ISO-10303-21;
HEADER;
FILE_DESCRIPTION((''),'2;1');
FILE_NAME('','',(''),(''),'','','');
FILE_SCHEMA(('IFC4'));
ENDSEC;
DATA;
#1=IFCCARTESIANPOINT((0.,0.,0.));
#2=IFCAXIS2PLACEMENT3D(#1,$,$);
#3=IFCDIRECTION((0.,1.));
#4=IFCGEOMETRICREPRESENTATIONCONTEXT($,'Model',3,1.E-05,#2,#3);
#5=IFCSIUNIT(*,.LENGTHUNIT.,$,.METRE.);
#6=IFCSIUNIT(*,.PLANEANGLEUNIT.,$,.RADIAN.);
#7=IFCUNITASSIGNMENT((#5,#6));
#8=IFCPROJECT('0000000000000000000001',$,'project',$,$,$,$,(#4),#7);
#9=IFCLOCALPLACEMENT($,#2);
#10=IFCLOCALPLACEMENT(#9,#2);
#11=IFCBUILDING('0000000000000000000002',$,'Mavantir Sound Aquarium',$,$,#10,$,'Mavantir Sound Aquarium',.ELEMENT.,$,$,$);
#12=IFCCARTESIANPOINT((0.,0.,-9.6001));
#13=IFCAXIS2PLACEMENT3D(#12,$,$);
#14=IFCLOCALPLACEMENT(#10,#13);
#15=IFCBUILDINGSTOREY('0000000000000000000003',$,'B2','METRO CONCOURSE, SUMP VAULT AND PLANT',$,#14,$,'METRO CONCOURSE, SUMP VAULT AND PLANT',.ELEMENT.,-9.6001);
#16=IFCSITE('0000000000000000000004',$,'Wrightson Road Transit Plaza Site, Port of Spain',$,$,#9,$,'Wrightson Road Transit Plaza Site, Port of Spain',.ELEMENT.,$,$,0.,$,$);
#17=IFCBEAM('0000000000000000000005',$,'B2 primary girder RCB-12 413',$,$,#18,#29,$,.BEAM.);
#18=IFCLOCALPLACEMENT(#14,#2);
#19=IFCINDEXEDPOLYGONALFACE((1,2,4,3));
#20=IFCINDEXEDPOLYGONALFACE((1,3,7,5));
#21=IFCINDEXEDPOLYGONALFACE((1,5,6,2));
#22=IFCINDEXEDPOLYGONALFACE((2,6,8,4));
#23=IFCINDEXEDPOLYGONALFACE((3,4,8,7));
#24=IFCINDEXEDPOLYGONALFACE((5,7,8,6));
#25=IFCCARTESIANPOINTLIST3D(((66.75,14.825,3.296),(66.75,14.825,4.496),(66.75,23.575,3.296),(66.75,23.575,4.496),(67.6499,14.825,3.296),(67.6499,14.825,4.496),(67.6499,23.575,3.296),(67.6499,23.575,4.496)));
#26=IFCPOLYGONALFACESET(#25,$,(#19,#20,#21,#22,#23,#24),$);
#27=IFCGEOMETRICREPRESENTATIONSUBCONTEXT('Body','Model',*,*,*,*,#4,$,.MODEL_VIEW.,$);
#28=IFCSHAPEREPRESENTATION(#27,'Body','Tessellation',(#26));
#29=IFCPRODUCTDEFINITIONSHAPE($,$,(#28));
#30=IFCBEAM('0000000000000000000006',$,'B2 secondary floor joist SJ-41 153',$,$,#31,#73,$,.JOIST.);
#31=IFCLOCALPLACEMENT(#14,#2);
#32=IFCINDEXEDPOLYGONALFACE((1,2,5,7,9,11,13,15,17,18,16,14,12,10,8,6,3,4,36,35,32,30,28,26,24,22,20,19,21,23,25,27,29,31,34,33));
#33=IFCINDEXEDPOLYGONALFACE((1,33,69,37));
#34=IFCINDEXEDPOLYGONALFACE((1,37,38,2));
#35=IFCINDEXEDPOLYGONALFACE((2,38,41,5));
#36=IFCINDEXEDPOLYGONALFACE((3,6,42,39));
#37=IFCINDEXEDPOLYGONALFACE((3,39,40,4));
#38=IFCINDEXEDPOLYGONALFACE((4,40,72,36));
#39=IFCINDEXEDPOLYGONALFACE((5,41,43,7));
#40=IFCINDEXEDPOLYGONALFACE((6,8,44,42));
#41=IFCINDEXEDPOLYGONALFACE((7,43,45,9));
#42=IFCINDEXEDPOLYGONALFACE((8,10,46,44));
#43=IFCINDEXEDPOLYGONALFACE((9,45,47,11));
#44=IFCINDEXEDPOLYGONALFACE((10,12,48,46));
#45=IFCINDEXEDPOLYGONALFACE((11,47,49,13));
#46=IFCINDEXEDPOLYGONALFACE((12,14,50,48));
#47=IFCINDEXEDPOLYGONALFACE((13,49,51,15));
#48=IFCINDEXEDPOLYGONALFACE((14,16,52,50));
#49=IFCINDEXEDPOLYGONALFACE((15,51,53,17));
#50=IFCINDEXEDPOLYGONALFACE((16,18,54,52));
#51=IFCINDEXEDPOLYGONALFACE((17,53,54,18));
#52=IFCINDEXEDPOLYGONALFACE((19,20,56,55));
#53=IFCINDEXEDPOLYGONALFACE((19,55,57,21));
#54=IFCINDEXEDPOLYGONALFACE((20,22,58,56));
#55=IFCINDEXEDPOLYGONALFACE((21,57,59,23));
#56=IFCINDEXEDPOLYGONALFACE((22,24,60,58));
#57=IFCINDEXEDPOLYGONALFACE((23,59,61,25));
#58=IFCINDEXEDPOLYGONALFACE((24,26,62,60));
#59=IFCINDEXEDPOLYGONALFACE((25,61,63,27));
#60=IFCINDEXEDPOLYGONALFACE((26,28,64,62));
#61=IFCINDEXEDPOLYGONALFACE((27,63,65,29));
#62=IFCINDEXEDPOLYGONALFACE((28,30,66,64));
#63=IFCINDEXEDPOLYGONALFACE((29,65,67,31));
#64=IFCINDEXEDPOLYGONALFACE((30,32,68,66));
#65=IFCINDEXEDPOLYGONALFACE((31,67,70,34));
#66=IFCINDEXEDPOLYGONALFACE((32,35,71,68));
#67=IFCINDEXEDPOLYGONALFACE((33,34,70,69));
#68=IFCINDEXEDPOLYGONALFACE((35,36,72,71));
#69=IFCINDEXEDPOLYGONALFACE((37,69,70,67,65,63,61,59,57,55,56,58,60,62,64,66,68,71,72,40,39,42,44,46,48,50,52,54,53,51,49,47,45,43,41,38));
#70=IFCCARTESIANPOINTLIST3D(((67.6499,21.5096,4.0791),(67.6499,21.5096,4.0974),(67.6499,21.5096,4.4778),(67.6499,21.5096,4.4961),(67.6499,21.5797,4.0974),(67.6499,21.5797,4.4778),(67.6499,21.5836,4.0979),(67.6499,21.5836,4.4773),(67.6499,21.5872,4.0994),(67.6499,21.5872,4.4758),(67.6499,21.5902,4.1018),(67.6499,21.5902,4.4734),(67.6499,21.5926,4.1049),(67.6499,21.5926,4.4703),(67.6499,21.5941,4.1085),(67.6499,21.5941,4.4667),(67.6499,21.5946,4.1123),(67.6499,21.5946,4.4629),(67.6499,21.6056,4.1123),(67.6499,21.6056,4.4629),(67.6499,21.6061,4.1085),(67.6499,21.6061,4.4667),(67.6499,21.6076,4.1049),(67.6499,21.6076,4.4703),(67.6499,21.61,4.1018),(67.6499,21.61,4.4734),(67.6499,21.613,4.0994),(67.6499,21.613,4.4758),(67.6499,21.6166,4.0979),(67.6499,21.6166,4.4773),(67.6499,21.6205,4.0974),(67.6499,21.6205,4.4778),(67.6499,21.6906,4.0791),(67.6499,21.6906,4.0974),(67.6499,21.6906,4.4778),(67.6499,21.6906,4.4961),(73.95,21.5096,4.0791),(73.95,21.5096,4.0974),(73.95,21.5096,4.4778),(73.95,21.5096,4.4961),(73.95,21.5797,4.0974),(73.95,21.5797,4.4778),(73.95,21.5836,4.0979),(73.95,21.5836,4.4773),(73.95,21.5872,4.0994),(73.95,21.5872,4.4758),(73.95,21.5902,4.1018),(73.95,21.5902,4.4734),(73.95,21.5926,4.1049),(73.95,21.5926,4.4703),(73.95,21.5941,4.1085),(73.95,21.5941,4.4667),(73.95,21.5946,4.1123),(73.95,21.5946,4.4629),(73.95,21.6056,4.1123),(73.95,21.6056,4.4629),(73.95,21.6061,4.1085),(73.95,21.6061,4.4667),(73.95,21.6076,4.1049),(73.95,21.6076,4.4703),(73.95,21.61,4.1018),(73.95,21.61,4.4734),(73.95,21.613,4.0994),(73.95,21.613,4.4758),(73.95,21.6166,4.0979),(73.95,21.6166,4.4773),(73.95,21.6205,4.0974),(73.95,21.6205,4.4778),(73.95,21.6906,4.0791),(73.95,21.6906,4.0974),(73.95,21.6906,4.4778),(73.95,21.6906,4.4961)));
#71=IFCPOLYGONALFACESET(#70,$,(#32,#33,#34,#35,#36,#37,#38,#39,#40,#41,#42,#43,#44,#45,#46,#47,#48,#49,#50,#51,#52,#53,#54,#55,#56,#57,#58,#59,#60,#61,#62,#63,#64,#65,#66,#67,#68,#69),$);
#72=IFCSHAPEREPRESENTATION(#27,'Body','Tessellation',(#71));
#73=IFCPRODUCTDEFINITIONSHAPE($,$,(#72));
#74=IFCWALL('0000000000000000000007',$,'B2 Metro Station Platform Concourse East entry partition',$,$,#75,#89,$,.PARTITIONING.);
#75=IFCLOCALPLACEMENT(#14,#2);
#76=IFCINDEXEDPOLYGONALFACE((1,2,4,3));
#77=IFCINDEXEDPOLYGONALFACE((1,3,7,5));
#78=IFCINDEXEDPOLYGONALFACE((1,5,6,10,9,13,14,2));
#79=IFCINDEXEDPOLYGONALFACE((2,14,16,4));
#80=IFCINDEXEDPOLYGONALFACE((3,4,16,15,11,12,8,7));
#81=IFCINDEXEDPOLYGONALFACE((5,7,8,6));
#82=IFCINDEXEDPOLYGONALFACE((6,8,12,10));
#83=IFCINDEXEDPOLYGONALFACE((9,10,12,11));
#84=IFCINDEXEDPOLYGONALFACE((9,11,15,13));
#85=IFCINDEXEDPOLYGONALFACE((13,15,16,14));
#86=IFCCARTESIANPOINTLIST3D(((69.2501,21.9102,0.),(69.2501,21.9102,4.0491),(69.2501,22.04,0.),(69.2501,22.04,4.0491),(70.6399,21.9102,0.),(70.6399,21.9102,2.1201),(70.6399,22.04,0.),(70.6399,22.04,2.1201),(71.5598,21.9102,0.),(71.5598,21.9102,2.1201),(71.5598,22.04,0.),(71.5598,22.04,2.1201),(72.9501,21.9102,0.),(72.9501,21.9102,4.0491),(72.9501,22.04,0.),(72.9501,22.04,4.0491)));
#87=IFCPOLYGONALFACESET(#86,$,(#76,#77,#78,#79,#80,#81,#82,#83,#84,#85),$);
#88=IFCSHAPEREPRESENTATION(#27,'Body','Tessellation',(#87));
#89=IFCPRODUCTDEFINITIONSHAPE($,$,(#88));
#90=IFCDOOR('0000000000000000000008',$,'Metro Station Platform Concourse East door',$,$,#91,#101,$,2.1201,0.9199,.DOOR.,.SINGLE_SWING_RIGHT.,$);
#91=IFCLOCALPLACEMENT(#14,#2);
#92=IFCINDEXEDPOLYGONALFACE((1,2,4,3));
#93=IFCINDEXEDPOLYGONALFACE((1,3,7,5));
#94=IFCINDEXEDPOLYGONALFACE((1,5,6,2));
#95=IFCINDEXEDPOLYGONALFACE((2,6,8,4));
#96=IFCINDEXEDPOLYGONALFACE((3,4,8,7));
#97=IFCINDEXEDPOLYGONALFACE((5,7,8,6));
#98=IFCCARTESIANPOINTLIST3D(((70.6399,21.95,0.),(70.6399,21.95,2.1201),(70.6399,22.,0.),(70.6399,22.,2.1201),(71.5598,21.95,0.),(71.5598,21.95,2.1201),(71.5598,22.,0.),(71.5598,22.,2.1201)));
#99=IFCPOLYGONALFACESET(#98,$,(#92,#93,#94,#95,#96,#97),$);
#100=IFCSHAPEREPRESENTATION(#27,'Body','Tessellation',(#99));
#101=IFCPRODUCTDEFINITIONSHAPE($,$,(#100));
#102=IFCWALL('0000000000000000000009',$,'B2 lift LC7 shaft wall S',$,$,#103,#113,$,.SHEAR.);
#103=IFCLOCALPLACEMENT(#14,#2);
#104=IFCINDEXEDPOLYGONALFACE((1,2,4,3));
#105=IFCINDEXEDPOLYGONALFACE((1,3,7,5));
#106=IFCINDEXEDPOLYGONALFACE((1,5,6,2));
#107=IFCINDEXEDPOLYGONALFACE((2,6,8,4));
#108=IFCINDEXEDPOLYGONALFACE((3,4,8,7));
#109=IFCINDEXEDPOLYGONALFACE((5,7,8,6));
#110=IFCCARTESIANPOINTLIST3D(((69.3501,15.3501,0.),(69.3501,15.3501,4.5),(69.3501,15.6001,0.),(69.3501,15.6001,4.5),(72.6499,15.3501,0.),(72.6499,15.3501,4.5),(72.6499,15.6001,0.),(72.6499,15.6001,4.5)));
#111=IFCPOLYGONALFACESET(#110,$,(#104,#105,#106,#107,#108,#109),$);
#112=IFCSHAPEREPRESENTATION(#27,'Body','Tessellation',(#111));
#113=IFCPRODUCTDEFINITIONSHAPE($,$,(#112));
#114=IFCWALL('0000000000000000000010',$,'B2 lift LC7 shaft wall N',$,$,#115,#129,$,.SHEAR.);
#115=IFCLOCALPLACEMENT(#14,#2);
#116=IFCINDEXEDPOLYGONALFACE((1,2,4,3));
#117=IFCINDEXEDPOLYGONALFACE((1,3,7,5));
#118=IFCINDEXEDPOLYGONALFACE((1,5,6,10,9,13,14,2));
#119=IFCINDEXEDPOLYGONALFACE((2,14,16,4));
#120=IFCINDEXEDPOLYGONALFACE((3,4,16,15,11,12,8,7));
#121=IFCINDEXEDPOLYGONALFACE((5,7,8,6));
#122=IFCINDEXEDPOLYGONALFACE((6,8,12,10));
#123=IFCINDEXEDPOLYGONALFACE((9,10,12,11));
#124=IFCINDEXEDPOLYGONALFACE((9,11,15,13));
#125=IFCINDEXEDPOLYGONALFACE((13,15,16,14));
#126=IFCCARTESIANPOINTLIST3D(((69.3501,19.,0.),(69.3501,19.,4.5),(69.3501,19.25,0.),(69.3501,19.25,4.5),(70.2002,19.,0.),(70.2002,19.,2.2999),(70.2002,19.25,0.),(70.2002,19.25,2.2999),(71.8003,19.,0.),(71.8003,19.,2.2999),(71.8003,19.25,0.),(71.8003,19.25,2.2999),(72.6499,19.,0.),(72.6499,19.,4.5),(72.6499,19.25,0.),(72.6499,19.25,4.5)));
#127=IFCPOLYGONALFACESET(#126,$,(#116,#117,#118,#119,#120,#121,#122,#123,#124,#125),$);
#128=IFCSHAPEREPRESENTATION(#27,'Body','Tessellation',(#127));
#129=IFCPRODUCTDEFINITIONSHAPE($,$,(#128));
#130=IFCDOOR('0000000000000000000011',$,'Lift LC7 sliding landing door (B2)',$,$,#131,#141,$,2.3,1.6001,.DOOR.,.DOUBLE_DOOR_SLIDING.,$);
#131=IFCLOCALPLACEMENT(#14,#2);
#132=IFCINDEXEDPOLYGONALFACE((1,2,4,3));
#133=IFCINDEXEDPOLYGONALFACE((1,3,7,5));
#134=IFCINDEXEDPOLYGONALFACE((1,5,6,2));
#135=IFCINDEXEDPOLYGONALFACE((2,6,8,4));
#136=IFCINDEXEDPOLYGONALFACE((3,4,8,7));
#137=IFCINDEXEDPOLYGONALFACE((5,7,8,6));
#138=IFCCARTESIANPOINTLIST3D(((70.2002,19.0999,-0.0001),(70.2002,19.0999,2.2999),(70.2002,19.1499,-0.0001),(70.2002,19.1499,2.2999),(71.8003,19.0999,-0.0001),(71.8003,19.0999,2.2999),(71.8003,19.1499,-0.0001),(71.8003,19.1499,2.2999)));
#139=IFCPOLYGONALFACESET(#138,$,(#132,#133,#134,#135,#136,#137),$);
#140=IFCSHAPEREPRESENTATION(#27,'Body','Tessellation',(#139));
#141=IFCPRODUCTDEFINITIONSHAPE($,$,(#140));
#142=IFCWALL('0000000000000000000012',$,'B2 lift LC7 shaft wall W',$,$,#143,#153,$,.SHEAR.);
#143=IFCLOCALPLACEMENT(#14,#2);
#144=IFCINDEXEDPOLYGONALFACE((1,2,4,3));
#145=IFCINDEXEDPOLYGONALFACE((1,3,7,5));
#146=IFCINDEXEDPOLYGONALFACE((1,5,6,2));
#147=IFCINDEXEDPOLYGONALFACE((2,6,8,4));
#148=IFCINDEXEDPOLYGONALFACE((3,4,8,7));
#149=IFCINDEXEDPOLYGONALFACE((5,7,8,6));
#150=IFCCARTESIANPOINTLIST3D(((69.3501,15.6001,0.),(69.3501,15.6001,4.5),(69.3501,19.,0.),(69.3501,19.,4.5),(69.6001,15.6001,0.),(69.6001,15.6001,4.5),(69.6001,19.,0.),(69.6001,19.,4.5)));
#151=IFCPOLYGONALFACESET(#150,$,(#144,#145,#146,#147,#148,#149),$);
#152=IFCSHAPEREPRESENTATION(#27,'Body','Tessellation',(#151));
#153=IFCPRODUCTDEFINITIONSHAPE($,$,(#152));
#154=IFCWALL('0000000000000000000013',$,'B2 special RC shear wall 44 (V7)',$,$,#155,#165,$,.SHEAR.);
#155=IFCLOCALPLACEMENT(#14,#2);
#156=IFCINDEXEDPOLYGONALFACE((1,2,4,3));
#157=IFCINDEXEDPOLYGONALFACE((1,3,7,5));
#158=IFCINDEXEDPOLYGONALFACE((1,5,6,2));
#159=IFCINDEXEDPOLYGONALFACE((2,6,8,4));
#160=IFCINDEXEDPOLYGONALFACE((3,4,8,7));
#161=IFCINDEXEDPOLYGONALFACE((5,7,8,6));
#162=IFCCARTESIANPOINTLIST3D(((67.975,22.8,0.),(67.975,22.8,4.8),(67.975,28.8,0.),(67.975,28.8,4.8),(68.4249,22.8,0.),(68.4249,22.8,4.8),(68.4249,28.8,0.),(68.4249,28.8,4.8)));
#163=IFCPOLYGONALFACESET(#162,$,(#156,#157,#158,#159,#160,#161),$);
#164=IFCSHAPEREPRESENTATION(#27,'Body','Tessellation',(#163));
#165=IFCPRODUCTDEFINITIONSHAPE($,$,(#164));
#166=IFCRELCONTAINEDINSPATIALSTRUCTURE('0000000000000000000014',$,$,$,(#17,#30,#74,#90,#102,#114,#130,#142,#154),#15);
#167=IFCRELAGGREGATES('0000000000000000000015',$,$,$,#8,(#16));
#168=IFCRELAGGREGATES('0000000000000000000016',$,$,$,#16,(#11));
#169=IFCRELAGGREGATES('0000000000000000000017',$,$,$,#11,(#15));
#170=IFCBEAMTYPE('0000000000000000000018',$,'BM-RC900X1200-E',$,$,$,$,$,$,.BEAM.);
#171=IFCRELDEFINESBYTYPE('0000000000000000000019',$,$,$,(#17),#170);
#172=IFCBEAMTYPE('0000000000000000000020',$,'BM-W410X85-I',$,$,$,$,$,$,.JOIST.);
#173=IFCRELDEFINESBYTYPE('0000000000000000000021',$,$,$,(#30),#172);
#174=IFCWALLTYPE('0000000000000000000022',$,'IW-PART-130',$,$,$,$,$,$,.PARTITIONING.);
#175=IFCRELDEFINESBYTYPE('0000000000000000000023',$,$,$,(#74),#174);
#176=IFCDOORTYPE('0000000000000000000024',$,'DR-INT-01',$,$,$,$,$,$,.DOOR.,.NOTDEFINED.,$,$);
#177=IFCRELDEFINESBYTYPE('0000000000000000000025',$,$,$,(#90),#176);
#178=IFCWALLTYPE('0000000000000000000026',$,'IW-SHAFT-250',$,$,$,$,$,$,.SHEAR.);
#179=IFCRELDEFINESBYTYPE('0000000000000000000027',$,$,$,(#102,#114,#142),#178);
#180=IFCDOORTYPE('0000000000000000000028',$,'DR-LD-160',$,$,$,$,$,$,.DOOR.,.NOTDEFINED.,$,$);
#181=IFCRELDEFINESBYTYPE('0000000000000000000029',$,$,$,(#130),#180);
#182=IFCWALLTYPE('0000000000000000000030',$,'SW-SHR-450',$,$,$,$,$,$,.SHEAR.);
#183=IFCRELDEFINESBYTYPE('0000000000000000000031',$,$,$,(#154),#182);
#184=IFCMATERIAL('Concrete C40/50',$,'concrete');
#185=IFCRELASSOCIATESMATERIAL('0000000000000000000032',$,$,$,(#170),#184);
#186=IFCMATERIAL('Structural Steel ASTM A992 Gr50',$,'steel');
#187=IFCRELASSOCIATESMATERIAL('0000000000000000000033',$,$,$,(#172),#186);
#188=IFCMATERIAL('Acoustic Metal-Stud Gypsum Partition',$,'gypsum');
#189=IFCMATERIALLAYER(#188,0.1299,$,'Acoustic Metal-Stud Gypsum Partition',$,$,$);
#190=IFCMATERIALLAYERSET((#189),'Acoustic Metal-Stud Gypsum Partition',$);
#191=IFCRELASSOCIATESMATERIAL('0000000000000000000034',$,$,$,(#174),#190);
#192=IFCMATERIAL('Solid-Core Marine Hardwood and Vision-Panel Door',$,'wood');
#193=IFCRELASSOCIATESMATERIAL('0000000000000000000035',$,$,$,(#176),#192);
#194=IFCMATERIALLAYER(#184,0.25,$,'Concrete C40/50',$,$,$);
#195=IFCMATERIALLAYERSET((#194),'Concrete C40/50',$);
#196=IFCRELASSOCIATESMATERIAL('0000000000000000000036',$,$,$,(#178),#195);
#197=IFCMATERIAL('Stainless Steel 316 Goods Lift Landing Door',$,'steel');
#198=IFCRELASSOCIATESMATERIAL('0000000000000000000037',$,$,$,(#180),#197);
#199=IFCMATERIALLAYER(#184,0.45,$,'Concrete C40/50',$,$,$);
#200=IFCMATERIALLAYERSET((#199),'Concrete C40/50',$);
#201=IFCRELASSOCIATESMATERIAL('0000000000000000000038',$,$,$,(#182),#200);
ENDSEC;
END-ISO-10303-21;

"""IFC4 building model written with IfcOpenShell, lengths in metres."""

from ifc_helpers import new_model, si_unit, direction, frame, frame_2d, origin, origin_2d, place, context, subcontext, project, spatial, rectangle, i_section, extrude, material, layer, layer_set, material_profile, profile_set, type_object, element, fill, save


model = new_model("IFC4")

# Units and contexts
model_context = context("Model", 3, precision=1e-05, world=origin(), true_north=direction((0.0, 1.0)))
body_context = subcontext(model_context, "Body", "Model", "MODEL_VIEW")
ifc_project = project(units=[si_unit("LENGTHUNIT", "METRE"), si_unit("PLANEANGLEUNIT", "RADIAN")], contexts=[model_context])

# Site, building, storey
site_placement = place(None, origin())
site = spatial("IfcSite", under=ifc_project, at=site_placement, Name="Wrightson Road Transit Plaza Site, Port of Spain", LongName="Wrightson Road Transit Plaza Site, Port of Spain", CompositionType="ELEMENT", RefElevation=0.0)
building_placement = place(site_placement, origin())
building = spatial("IfcBuilding", under=site, at=building_placement, Name="Mavantir Sound Aquarium", LongName="Mavantir Sound Aquarium", CompositionType="ELEMENT")
storey_placement = place(building_placement, frame((0.0, 0.0, -9.6001)))
storey = spatial("IfcBuildingStorey", under=building, at=storey_placement, Name="B2", Description="METRO CONCOURSE, SUMP VAULT AND PLANT", LongName="METRO CONCOURSE, SUMP VAULT AND PLANT", CompositionType="ELEMENT", Elevation=-9.6001)

# Shared definitions
ifc_material_1 = material(Name="Concrete C40/50", Category="concrete")

# Beams
ifc_material_profile_1 = material_profile(ifc_material_1, rectangle(XDim=0.8999, YDim=1.2, at=origin_2d()), Name="RC 900X1200")
ifc_profile_set_1 = profile_set([ifc_material_profile_1], Name="Concrete C40/50")
beam_type_1 = type_object("IfcBeamType", Name="BM-RC900X1200-E", PredefinedType="BEAM", material=ifc_profile_set_1)
beam_1_placement = place(storey_placement, frame((67.2, 14.825, 3.896), z_axis=(0.0, 1.0, 0.0), x_axis=(-1.0, 0.0, 0.0)))
element("IfcBeam", 1, at=beam_1_placement, inside=storey, type_object=beam_type_1, Name="B2 primary girder RCB-12 413", PredefinedType="BEAM", context=body_context, shape_type="SweptSolid", body=[
    extrude(rectangle(XDim=0.8999, YDim=1.2, at=origin_2d()), origin(), (0.0, 0.0, 1.0), 8.75),
])
ifc_material_2 = material(Name="Structural Steel ASTM A992 Gr50", Category="steel")
ifc_material_profile_2 = material_profile(ifc_material_2, i_section(OverallWidth=0.1809, OverallDepth=0.417, WebThickness=0.011, FlangeThickness=0.0183, FilletRadius=0.0149, at=origin_2d()), Name="W410X85")
ifc_profile_set_2 = profile_set([ifc_material_profile_2], Name="Structural Steel ASTM A992 Gr50")
beam_type_2 = type_object("IfcBeamType", Name="BM-W410X85-I", PredefinedType="JOIST", material=ifc_profile_set_2)
beam_2_placement = place(storey_placement, frame((67.6499, 21.6001, 4.2876), z_axis=(1.0, 0.0, 0.0), x_axis=(0.0, 1.0, 0.0)))
element("IfcBeam", 2, at=beam_2_placement, inside=storey, type_object=beam_type_2, Name="B2 secondary floor joist SJ-41 153", PredefinedType="JOIST", context=body_context, shape_type="SweptSolid", body=[
    extrude(i_section(OverallWidth=0.1809, OverallDepth=0.417, WebThickness=0.011, FlangeThickness=0.0183, FilletRadius=0.0149, at=origin_2d()), origin(), (0.0, 0.0, 1.0), 6.3),
])

# Wall, opening, door
ifc_material_3 = material(Name="Acoustic Metal-Stud Gypsum Partition", Category="gypsum")
ifc_layer_1 = layer(ifc_material_3, 0.1299, Name="Acoustic Metal-Stud Gypsum Partition")
ifc_layer_set_1 = layer_set([ifc_layer_1], Name="Acoustic Metal-Stud Gypsum Partition")
wall_type_1 = type_object("IfcWallType", Name="IW-PART-130", PredefinedType="PARTITIONING", material=ifc_layer_set_1)
wall_1_placement = place(storey_placement, frame((69.25, 21.9751, 0.0), z_axis=(0.0, 0.0, 1.0), x_axis=(1.0, 0.0, 0.0)))
wall_1 = element("IfcWall", 3, at=wall_1_placement, inside=storey, type_object=wall_type_1, Name="B2 Metro Station Platform Concourse East entry partition", PredefinedType="PARTITIONING", context=body_context, shape_type="SweptSolid", body=[
    extrude(rectangle(XDim=3.7, YDim=0.1299, at=frame_2d((1.8501, 0.0))), origin(), (0.0, 0.0, 1.0), 4.0491),
])
opening_1_placement = place(wall_1_placement, frame((1.3899, 0.0, 0.0)))
opening_1 = element("IfcOpeningElement", 4, at=opening_1_placement, cuts=wall_1, PredefinedType="OPENING", context=body_context, shape_type="SweptSolid", body=[
    extrude(rectangle(XDim=0.9199, YDim=2.1201, at=frame_2d((0.46, 1.0601))), frame((0.0, 0.075, 0.0), z_axis=(0.0, -1.0, 0.0), x_axis=(1.0, 0.0, 0.0)), (0.0, 0.0, 1.0), 0.1499),
])
ifc_material_4 = material(Name="Solid-Core Marine Hardwood and Vision-Panel Door", Category="wood")
door_type_1 = type_object("IfcDoorType", Name="DR-INT-01", OperationType="NOTDEFINED", PredefinedType="DOOR", material=ifc_material_4)
door_1_placement = place(opening_1_placement, origin())
door_1 = element("IfcDoor", 5, at=door_1_placement, inside=storey, type_object=door_type_1, Name="Metro Station Platform Concourse East door", OperationType="SINGLE_SWING_RIGHT", OverallHeight=2.1201, OverallWidth=0.9199, PredefinedType="DOOR", context=body_context, shape_type="SweptSolid", body=[
    extrude(rectangle(XDim=0.9199, YDim=2.1201, at=frame_2d((0.46, 1.0601))), frame((0.0, 0.0249, 0.0), z_axis=(0.0, -1.0, 0.0), x_axis=(1.0, 0.0, 0.0)), (0.0, 0.0, 1.0), 0.05),
])
fill(opening_1, door_1)

# Wall
ifc_layer_2 = layer(ifc_material_1, 0.25, Name="Concrete C40/50")
ifc_layer_set_2 = layer_set([ifc_layer_2], Name="Concrete C40/50")
wall_type_2 = type_object("IfcWallType", Name="IW-SHAFT-250", PredefinedType="SHEAR", material=ifc_layer_set_2)
wall_2_placement = place(storey_placement, frame((69.3501, 15.4751, 0.0), z_axis=(0.0, 0.0, 1.0), x_axis=(1.0, 0.0, 0.0)))
element("IfcWall", 6, at=wall_2_placement, inside=storey, type_object=wall_type_2, Name="B2 lift LC7 shaft wall S", PredefinedType="SHEAR", context=body_context, shape_type="SweptSolid", body=[
    extrude(rectangle(XDim=3.2998, YDim=0.25, at=frame_2d((1.6499, 0.0))), origin(), (0.0, 0.0, 1.0), 4.5),
])

# Wall, opening, door
wall_3_placement = place(storey_placement, frame((69.3501, 19.125, 0.0), z_axis=(0.0, 0.0, 1.0), x_axis=(1.0, 0.0, 0.0)))
wall_3 = element("IfcWall", 7, at=wall_3_placement, inside=storey, type_object=wall_type_2, Name="B2 lift LC7 shaft wall N", PredefinedType="SHEAR", context=body_context, shape_type="SweptSolid", body=[
    extrude(rectangle(XDim=3.2998, YDim=0.25, at=frame_2d((1.6499, 0.0))), origin(), (0.0, 0.0, 1.0), 4.5),
])
opening_2_placement = place(wall_3_placement, frame((0.8501, 0.0, 0.0)))
opening_2 = element("IfcOpeningElement", 8, at=opening_2_placement, cuts=wall_3, PredefinedType="OPENING", context=body_context, shape_type="SweptSolid", body=[
    extrude(rectangle(XDim=1.6001, YDim=2.3, at=frame_2d((0.8, 1.1499))), frame((0.0, 0.135, 0.0), z_axis=(0.0, -1.0, 0.0), x_axis=(1.0, 0.0, 0.0)), (0.0, 0.0, 1.0), 0.27),
])
ifc_material_5 = material(Name="Stainless Steel 316 Goods Lift Landing Door", Category="steel")
door_type_2 = type_object("IfcDoorType", Name="DR-LD-160", OperationType="NOTDEFINED", PredefinedType="DOOR", material=ifc_material_5)
door_2_placement = place(opening_2_placement, origin())
door_2 = element("IfcDoor", 9, at=door_2_placement, inside=storey, type_object=door_type_2, Name="Lift LC7 sliding landing door (B2)", OperationType="DOUBLE_DOOR_SLIDING", OverallHeight=2.3, OverallWidth=1.6001, PredefinedType="DOOR", context=body_context, shape_type="SweptSolid", body=[
    extrude(rectangle(XDim=1.6001, YDim=2.3, at=frame_2d((0.8, 1.1499))), frame((0.0, 0.0249, 0.0), z_axis=(0.0, -1.0, 0.0), x_axis=(1.0, 0.0, 0.0)), (0.0, 0.0, 1.0), 0.05),
])
fill(opening_2, door_2)

# Walls
wall_4_placement = place(storey_placement, frame((69.4751, 15.6001, 0.0), z_axis=(0.0, 0.0, 1.0), x_axis=(0.0, 1.0, 0.0)))
element("IfcWall", 10, at=wall_4_placement, inside=storey, type_object=wall_type_2, Name="B2 lift LC7 shaft wall W", PredefinedType="SHEAR", context=body_context, shape_type="SweptSolid", body=[
    extrude(rectangle(XDim=3.3999, YDim=0.25, at=frame_2d((1.7, 0.0))), origin(), (0.0, 0.0, 1.0), 4.5),
])
ifc_layer_3 = layer(ifc_material_1, 0.45, Name="Concrete C40/50")
ifc_layer_set_3 = layer_set([ifc_layer_3], Name="Concrete C40/50")
wall_type_3 = type_object("IfcWallType", Name="SW-SHR-450", PredefinedType="SHEAR", material=ifc_layer_set_3)
wall_5_placement = place(storey_placement, frame((68.2, 22.8, 0.0), z_axis=(0.0, 0.0, 1.0), x_axis=(0.0, 1.0, 0.0)))
element("IfcWall", 11, at=wall_5_placement, inside=storey, type_object=wall_type_3, Name="B2 special RC shear wall 44 (V7)", PredefinedType="SHEAR", context=body_context, shape_type="SweptSolid", body=[
    extrude(rectangle(XDim=6.0, YDim=0.45, at=frame_2d((3.0, 0.0))), origin(), (0.0, 0.0, 1.0), 4.8),
])

save(model, "model.ifc")
